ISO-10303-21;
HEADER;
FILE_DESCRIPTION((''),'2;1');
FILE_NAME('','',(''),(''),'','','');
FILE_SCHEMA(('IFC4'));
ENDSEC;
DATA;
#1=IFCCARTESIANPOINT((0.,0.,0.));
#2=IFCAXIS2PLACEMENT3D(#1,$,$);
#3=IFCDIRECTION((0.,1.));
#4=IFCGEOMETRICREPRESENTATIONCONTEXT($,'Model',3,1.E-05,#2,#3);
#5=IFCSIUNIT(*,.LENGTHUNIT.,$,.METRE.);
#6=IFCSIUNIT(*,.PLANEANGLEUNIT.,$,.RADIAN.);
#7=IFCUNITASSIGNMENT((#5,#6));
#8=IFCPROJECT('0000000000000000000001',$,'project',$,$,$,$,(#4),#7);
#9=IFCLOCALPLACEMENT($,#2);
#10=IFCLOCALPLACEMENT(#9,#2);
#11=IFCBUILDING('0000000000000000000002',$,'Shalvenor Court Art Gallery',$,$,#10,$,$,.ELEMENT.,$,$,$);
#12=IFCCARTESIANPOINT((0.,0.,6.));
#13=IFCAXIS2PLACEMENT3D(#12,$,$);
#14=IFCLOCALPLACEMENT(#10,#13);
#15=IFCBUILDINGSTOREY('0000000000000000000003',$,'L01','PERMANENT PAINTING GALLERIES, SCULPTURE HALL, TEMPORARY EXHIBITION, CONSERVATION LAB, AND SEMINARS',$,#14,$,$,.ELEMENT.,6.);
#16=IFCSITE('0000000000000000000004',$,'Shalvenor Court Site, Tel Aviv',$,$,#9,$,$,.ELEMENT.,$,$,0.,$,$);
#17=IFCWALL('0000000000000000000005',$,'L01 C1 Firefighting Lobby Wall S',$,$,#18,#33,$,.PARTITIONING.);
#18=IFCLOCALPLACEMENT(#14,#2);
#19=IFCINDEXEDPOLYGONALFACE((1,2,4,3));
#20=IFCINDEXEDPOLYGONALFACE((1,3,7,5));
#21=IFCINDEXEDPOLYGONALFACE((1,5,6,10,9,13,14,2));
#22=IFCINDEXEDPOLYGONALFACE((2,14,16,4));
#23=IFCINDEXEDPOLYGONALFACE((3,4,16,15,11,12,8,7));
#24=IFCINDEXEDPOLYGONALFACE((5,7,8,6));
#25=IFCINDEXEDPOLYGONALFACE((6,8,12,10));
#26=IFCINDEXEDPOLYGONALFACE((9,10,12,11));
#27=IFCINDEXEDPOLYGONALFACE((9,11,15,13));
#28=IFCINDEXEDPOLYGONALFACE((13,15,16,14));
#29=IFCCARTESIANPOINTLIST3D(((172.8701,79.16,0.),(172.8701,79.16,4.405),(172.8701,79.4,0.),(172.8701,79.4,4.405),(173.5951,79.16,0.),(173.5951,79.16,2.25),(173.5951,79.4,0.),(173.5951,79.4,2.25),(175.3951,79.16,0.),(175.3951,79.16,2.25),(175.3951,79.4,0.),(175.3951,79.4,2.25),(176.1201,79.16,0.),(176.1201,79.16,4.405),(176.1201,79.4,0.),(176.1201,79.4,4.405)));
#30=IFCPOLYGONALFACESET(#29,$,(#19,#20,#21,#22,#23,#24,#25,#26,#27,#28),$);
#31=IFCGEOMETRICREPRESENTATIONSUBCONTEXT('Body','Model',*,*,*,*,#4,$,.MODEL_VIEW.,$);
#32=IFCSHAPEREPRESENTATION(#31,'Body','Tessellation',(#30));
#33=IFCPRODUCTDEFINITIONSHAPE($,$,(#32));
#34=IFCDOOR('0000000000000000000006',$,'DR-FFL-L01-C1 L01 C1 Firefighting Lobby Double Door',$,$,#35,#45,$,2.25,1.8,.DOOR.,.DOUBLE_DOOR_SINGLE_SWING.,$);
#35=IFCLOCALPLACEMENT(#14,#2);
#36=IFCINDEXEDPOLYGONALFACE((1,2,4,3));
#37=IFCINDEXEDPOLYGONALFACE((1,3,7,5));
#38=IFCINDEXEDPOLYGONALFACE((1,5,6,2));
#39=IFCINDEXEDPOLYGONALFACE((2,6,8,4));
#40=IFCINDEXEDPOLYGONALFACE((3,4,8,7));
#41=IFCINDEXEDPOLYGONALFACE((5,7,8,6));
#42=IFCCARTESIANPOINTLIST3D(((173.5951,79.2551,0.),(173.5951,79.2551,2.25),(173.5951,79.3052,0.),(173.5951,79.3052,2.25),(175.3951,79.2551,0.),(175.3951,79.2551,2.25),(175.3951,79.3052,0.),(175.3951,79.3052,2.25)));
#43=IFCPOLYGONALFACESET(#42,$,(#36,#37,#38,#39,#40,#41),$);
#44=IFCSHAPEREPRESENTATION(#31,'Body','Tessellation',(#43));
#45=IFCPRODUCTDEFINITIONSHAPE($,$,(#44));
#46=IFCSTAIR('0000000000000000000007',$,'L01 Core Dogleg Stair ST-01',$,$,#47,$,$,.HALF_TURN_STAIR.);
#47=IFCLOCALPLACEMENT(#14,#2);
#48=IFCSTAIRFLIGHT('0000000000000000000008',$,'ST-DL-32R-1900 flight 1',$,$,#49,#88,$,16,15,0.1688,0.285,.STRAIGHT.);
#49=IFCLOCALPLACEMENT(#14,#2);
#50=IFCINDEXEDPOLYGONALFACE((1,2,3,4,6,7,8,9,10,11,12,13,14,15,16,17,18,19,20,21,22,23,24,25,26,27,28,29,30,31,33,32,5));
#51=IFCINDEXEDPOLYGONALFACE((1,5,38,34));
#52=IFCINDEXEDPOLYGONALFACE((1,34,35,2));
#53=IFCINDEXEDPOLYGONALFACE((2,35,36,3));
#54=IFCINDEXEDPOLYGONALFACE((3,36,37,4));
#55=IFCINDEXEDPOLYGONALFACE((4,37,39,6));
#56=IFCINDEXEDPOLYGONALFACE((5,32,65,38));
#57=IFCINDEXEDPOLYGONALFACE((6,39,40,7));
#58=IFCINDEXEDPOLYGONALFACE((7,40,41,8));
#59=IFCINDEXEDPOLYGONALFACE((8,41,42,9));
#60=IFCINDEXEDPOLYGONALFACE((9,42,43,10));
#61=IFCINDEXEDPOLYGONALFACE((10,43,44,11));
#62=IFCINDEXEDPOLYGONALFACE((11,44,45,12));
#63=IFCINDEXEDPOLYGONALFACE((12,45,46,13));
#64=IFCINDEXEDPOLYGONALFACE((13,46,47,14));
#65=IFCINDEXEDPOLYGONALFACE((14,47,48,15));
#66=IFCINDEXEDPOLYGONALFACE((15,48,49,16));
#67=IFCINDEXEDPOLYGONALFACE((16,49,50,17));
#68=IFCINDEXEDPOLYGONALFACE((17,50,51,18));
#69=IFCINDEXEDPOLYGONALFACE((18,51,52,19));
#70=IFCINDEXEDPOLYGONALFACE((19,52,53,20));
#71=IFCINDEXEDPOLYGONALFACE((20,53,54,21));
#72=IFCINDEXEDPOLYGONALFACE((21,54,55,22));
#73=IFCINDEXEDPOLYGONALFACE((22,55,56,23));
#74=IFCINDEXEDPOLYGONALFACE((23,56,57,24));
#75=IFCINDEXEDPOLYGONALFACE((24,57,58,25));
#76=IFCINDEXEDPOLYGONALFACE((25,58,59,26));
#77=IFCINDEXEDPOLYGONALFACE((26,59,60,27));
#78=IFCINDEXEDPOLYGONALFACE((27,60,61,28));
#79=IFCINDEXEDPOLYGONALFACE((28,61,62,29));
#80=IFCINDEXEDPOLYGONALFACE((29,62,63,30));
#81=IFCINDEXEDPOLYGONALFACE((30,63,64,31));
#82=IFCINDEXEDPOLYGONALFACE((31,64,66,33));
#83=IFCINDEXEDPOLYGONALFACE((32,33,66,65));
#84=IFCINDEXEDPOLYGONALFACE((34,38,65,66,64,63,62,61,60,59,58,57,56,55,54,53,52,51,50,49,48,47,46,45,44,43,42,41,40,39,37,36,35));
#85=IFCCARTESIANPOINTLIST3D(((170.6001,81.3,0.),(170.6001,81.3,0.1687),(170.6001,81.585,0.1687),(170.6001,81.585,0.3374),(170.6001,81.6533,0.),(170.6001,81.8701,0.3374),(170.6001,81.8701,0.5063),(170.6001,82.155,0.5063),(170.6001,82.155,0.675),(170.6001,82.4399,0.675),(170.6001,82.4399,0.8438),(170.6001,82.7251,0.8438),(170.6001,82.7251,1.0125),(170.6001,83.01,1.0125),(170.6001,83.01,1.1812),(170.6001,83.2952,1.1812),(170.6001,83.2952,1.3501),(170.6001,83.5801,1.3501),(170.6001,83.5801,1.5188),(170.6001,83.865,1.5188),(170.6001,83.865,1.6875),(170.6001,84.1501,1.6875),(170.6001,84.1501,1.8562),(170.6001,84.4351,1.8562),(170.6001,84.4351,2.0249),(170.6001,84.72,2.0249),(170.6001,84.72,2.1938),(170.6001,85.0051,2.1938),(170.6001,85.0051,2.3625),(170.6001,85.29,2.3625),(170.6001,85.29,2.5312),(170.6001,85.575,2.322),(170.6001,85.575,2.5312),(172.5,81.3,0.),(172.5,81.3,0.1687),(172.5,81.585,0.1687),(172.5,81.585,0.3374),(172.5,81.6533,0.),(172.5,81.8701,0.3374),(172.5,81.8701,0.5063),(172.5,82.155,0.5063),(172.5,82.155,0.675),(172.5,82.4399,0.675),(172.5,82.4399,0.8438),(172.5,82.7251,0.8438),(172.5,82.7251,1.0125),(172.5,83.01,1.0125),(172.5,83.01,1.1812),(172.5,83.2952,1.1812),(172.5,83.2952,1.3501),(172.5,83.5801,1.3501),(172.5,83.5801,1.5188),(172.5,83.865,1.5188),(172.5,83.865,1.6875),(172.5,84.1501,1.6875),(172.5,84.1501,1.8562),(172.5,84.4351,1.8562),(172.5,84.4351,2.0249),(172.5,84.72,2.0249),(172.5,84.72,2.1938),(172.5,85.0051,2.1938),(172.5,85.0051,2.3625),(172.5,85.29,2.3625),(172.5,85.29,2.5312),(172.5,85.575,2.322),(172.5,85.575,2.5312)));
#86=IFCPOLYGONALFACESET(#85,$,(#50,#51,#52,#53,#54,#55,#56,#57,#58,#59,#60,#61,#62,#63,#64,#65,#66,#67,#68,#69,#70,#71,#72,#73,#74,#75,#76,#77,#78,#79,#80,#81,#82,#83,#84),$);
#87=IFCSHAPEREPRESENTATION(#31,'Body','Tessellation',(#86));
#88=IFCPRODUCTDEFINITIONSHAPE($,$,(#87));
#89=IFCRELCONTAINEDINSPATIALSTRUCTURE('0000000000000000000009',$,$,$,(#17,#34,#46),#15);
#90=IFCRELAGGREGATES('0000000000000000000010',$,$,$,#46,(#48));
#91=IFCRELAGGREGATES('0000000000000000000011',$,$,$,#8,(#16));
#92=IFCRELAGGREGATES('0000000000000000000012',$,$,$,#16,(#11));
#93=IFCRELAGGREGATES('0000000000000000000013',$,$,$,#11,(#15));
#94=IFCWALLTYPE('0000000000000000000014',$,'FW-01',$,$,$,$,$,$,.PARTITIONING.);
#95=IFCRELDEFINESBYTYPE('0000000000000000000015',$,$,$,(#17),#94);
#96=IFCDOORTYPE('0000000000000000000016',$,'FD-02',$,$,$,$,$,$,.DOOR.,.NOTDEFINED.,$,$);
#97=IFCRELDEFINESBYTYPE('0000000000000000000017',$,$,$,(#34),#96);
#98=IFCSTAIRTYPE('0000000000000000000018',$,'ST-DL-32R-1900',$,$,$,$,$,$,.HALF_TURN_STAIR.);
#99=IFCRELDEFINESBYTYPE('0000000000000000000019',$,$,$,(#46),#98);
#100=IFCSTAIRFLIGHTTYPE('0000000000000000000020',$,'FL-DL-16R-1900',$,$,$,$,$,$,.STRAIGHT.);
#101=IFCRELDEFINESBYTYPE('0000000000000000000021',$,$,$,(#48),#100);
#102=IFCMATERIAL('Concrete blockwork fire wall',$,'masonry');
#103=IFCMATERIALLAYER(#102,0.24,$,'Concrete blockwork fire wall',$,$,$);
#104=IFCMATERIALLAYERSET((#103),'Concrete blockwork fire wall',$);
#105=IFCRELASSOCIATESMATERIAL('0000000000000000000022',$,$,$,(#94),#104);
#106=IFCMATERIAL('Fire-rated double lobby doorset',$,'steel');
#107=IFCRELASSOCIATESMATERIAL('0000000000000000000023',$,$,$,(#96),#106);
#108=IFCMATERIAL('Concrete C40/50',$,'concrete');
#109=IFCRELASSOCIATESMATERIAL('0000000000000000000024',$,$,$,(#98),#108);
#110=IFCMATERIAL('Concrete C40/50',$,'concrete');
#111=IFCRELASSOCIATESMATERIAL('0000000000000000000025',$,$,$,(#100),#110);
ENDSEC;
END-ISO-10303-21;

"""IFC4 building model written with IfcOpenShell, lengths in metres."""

from ifc_helpers import new_model, si_unit, direction, frame, frame_2d, origin, place, context, subcontext, project, spatial, polyline, rectangle, outline, extrude, material, layer, layer_set, type_object, element, fill, aggregate, save


model = new_model("IFC4")

# Units and contexts
model_context = context("Model", 3, precision=1e-05, world=origin(), true_north=direction((0.0, 1.0)))
body_context = subcontext(model_context, "Body", "Model", "MODEL_VIEW")
ifc_project = project(units=[si_unit("LENGTHUNIT", "METRE"), si_unit("PLANEANGLEUNIT", "RADIAN")], contexts=[model_context])

# Site, building, storey
site_placement = place(None, origin())
site = spatial("IfcSite", under=ifc_project, at=site_placement, Name="Shalvenor Court Site, Tel Aviv", CompositionType="ELEMENT", RefElevation=0.0)
building_placement = place(site_placement, origin())
building = spatial("IfcBuilding", under=site, at=building_placement, Name="Shalvenor Court Art Gallery", CompositionType="ELEMENT")
storey_placement = place(building_placement, frame((0.0, 0.0, 6.0)))
storey = spatial("IfcBuildingStorey", under=building, at=storey_placement, Name="L01", Description="PERMANENT PAINTING GALLERIES, SCULPTURE HALL, TEMPORARY EXHIBITION, CONSERVATION LAB, AND SEMINARS", CompositionType="ELEMENT", Elevation=6.0)

# Shared definitions
ifc_material_1 = material(Name="Concrete blockwork fire wall", Category="masonry")
ifc_layer_1 = layer(ifc_material_1, 0.24, Name="Concrete blockwork fire wall")
ifc_layer_set_1 = layer_set([ifc_layer_1], Name="Concrete blockwork fire wall")
wall_type_1 = type_object("IfcWallType", Name="FW-01", PredefinedType="PARTITIONING", material=ifc_layer_set_1)

# Wall, opening, door
wall_1_placement = place(storey_placement, frame((176.1201, 79.28, 0.0), z_axis=(0.0, 0.0, 1.0), x_axis=(-1.0, 0.0, 0.0)))
wall_1 = element("IfcWall", 1, at=wall_1_placement, inside=storey, type_object=wall_type_1, Name="L01 C1 Firefighting Lobby Wall S", PredefinedType="PARTITIONING", context=body_context, shape_type="SweptSolid", body=[
    extrude(rectangle(XDim=3.25, YDim=0.24, at=frame_2d((1.625, 0.0))), origin(), (0.0, 0.0, 1.0), 4.405),
])
opening_1_placement = place(wall_1_placement, frame((0.7251, 0.0, 0.0)))
opening_1 = element("IfcOpeningElement", 2, at=opening_1_placement, cuts=wall_1, PredefinedType="OPENING", context=body_context, shape_type="SweptSolid", body=[
    extrude(rectangle(XDim=1.8, YDim=2.25, at=frame_2d((0.8999, 1.125))), frame((0.0, 0.1299, 0.0), z_axis=(0.0, -1.0, 0.0), x_axis=(1.0, 0.0, 0.0)), (0.0, 0.0, 1.0), 0.26),
])
ifc_material_2 = material(Name="Fire-rated double lobby doorset", Category="steel")
door_type_1 = type_object("IfcDoorType", Name="FD-02", OperationType="NOTDEFINED", PredefinedType="DOOR", material=ifc_material_2)
door_1_placement = place(opening_1_placement, origin())
door_1 = element("IfcDoor", 3, at=door_1_placement, inside=storey, type_object=door_type_1, Name="DR-FFL-L01-C1 L01 C1 Firefighting Lobby Double Door", OperationType="DOUBLE_DOOR_SINGLE_SWING", OverallHeight=2.25, OverallWidth=1.8, PredefinedType="DOOR", context=body_context, shape_type="SweptSolid", body=[
    extrude(rectangle(XDim=1.8, YDim=2.25, at=frame_2d((0.8999, 1.125))), frame((0.0, 0.0249, 0.0), z_axis=(0.0, -1.0, 0.0), x_axis=(1.0, 0.0, 0.0)), (0.0, 0.0, 1.0), 0.05),
])
fill(opening_1, door_1)

# Stair, stair flight
ifc_material_3 = material(Name="Concrete C40/50", Category="concrete")
stair_type = type_object("IfcStairType", Name="ST-DL-32R-1900", PredefinedType="HALF_TURN_STAIR", material=ifc_material_3)
stair_placement = place(storey_placement, origin())
stair = element("IfcStair", 4, at=stair_placement, inside=storey, type_object=stair_type, Name="L01 Core Dogleg Stair ST-01", PredefinedType="HALF_TURN_STAIR")
ifc_material_4 = material(Name="Concrete C40/50", Category="concrete")
stair_flight_type = type_object("IfcStairFlightType", Name="FL-DL-16R-1900", PredefinedType="STRAIGHT", material=ifc_material_4)
stair_flight_placement = place(storey_placement, frame((171.55, 81.3, 0.0), z_axis=(0.0, 0.0, 1.0), x_axis=(0.0, 1.0, 0.0)))
stair_flight = element("IfcStairFlight", 5, at=stair_flight_placement, type_object=stair_flight_type, Name="ST-DL-32R-1900 flight 1", NumberOfRisers=16, NumberOfTreads=15, PredefinedType="STRAIGHT", RiserHeight=0.1688, TreadLength=0.285, context=body_context, shape_type="SweptSolid", body=[
    extrude(outline(polyline([(0.0, 0.0), (0.0, 0.1687), (0.2849, 0.1687), (0.2849, 0.3374), (0.5701, 0.3374), (0.5701, 0.5063), (0.855, 0.5063), (0.855, 0.675), (1.1399, 0.675), (1.1399, 0.8438), (1.425, 0.8438), (1.425, 1.0125), (1.71, 1.0125), (1.71, 1.1812), (1.9951, 1.1812), (1.9951, 1.3501), (2.28, 1.3501), (2.28, 1.5188), (2.5649, 1.5188), (2.5649, 1.6875), (2.8501, 1.6875), (2.8501, 1.8562), (3.135, 1.8562), (3.135, 2.0249), (3.4199, 2.0249), (3.4199, 2.1938), (3.7051, 2.1938), (3.7051, 2.3625), (3.99, 2.3625), (3.99, 2.5312), (4.2749, 2.5312), (4.2749, 2.7), (4.2749, 2.322), (0.3533, 0.0), (0.0, 0.0)])), frame((0.0, 0.95, 0.0), z_axis=(0.0, -1.0, 0.0), x_axis=(1.0, 0.0, 0.0)), (0.0, 0.0, 1.0), 1.8999),
])
aggregate(stair, [stair_flight])

save(model, "model.ifc")
